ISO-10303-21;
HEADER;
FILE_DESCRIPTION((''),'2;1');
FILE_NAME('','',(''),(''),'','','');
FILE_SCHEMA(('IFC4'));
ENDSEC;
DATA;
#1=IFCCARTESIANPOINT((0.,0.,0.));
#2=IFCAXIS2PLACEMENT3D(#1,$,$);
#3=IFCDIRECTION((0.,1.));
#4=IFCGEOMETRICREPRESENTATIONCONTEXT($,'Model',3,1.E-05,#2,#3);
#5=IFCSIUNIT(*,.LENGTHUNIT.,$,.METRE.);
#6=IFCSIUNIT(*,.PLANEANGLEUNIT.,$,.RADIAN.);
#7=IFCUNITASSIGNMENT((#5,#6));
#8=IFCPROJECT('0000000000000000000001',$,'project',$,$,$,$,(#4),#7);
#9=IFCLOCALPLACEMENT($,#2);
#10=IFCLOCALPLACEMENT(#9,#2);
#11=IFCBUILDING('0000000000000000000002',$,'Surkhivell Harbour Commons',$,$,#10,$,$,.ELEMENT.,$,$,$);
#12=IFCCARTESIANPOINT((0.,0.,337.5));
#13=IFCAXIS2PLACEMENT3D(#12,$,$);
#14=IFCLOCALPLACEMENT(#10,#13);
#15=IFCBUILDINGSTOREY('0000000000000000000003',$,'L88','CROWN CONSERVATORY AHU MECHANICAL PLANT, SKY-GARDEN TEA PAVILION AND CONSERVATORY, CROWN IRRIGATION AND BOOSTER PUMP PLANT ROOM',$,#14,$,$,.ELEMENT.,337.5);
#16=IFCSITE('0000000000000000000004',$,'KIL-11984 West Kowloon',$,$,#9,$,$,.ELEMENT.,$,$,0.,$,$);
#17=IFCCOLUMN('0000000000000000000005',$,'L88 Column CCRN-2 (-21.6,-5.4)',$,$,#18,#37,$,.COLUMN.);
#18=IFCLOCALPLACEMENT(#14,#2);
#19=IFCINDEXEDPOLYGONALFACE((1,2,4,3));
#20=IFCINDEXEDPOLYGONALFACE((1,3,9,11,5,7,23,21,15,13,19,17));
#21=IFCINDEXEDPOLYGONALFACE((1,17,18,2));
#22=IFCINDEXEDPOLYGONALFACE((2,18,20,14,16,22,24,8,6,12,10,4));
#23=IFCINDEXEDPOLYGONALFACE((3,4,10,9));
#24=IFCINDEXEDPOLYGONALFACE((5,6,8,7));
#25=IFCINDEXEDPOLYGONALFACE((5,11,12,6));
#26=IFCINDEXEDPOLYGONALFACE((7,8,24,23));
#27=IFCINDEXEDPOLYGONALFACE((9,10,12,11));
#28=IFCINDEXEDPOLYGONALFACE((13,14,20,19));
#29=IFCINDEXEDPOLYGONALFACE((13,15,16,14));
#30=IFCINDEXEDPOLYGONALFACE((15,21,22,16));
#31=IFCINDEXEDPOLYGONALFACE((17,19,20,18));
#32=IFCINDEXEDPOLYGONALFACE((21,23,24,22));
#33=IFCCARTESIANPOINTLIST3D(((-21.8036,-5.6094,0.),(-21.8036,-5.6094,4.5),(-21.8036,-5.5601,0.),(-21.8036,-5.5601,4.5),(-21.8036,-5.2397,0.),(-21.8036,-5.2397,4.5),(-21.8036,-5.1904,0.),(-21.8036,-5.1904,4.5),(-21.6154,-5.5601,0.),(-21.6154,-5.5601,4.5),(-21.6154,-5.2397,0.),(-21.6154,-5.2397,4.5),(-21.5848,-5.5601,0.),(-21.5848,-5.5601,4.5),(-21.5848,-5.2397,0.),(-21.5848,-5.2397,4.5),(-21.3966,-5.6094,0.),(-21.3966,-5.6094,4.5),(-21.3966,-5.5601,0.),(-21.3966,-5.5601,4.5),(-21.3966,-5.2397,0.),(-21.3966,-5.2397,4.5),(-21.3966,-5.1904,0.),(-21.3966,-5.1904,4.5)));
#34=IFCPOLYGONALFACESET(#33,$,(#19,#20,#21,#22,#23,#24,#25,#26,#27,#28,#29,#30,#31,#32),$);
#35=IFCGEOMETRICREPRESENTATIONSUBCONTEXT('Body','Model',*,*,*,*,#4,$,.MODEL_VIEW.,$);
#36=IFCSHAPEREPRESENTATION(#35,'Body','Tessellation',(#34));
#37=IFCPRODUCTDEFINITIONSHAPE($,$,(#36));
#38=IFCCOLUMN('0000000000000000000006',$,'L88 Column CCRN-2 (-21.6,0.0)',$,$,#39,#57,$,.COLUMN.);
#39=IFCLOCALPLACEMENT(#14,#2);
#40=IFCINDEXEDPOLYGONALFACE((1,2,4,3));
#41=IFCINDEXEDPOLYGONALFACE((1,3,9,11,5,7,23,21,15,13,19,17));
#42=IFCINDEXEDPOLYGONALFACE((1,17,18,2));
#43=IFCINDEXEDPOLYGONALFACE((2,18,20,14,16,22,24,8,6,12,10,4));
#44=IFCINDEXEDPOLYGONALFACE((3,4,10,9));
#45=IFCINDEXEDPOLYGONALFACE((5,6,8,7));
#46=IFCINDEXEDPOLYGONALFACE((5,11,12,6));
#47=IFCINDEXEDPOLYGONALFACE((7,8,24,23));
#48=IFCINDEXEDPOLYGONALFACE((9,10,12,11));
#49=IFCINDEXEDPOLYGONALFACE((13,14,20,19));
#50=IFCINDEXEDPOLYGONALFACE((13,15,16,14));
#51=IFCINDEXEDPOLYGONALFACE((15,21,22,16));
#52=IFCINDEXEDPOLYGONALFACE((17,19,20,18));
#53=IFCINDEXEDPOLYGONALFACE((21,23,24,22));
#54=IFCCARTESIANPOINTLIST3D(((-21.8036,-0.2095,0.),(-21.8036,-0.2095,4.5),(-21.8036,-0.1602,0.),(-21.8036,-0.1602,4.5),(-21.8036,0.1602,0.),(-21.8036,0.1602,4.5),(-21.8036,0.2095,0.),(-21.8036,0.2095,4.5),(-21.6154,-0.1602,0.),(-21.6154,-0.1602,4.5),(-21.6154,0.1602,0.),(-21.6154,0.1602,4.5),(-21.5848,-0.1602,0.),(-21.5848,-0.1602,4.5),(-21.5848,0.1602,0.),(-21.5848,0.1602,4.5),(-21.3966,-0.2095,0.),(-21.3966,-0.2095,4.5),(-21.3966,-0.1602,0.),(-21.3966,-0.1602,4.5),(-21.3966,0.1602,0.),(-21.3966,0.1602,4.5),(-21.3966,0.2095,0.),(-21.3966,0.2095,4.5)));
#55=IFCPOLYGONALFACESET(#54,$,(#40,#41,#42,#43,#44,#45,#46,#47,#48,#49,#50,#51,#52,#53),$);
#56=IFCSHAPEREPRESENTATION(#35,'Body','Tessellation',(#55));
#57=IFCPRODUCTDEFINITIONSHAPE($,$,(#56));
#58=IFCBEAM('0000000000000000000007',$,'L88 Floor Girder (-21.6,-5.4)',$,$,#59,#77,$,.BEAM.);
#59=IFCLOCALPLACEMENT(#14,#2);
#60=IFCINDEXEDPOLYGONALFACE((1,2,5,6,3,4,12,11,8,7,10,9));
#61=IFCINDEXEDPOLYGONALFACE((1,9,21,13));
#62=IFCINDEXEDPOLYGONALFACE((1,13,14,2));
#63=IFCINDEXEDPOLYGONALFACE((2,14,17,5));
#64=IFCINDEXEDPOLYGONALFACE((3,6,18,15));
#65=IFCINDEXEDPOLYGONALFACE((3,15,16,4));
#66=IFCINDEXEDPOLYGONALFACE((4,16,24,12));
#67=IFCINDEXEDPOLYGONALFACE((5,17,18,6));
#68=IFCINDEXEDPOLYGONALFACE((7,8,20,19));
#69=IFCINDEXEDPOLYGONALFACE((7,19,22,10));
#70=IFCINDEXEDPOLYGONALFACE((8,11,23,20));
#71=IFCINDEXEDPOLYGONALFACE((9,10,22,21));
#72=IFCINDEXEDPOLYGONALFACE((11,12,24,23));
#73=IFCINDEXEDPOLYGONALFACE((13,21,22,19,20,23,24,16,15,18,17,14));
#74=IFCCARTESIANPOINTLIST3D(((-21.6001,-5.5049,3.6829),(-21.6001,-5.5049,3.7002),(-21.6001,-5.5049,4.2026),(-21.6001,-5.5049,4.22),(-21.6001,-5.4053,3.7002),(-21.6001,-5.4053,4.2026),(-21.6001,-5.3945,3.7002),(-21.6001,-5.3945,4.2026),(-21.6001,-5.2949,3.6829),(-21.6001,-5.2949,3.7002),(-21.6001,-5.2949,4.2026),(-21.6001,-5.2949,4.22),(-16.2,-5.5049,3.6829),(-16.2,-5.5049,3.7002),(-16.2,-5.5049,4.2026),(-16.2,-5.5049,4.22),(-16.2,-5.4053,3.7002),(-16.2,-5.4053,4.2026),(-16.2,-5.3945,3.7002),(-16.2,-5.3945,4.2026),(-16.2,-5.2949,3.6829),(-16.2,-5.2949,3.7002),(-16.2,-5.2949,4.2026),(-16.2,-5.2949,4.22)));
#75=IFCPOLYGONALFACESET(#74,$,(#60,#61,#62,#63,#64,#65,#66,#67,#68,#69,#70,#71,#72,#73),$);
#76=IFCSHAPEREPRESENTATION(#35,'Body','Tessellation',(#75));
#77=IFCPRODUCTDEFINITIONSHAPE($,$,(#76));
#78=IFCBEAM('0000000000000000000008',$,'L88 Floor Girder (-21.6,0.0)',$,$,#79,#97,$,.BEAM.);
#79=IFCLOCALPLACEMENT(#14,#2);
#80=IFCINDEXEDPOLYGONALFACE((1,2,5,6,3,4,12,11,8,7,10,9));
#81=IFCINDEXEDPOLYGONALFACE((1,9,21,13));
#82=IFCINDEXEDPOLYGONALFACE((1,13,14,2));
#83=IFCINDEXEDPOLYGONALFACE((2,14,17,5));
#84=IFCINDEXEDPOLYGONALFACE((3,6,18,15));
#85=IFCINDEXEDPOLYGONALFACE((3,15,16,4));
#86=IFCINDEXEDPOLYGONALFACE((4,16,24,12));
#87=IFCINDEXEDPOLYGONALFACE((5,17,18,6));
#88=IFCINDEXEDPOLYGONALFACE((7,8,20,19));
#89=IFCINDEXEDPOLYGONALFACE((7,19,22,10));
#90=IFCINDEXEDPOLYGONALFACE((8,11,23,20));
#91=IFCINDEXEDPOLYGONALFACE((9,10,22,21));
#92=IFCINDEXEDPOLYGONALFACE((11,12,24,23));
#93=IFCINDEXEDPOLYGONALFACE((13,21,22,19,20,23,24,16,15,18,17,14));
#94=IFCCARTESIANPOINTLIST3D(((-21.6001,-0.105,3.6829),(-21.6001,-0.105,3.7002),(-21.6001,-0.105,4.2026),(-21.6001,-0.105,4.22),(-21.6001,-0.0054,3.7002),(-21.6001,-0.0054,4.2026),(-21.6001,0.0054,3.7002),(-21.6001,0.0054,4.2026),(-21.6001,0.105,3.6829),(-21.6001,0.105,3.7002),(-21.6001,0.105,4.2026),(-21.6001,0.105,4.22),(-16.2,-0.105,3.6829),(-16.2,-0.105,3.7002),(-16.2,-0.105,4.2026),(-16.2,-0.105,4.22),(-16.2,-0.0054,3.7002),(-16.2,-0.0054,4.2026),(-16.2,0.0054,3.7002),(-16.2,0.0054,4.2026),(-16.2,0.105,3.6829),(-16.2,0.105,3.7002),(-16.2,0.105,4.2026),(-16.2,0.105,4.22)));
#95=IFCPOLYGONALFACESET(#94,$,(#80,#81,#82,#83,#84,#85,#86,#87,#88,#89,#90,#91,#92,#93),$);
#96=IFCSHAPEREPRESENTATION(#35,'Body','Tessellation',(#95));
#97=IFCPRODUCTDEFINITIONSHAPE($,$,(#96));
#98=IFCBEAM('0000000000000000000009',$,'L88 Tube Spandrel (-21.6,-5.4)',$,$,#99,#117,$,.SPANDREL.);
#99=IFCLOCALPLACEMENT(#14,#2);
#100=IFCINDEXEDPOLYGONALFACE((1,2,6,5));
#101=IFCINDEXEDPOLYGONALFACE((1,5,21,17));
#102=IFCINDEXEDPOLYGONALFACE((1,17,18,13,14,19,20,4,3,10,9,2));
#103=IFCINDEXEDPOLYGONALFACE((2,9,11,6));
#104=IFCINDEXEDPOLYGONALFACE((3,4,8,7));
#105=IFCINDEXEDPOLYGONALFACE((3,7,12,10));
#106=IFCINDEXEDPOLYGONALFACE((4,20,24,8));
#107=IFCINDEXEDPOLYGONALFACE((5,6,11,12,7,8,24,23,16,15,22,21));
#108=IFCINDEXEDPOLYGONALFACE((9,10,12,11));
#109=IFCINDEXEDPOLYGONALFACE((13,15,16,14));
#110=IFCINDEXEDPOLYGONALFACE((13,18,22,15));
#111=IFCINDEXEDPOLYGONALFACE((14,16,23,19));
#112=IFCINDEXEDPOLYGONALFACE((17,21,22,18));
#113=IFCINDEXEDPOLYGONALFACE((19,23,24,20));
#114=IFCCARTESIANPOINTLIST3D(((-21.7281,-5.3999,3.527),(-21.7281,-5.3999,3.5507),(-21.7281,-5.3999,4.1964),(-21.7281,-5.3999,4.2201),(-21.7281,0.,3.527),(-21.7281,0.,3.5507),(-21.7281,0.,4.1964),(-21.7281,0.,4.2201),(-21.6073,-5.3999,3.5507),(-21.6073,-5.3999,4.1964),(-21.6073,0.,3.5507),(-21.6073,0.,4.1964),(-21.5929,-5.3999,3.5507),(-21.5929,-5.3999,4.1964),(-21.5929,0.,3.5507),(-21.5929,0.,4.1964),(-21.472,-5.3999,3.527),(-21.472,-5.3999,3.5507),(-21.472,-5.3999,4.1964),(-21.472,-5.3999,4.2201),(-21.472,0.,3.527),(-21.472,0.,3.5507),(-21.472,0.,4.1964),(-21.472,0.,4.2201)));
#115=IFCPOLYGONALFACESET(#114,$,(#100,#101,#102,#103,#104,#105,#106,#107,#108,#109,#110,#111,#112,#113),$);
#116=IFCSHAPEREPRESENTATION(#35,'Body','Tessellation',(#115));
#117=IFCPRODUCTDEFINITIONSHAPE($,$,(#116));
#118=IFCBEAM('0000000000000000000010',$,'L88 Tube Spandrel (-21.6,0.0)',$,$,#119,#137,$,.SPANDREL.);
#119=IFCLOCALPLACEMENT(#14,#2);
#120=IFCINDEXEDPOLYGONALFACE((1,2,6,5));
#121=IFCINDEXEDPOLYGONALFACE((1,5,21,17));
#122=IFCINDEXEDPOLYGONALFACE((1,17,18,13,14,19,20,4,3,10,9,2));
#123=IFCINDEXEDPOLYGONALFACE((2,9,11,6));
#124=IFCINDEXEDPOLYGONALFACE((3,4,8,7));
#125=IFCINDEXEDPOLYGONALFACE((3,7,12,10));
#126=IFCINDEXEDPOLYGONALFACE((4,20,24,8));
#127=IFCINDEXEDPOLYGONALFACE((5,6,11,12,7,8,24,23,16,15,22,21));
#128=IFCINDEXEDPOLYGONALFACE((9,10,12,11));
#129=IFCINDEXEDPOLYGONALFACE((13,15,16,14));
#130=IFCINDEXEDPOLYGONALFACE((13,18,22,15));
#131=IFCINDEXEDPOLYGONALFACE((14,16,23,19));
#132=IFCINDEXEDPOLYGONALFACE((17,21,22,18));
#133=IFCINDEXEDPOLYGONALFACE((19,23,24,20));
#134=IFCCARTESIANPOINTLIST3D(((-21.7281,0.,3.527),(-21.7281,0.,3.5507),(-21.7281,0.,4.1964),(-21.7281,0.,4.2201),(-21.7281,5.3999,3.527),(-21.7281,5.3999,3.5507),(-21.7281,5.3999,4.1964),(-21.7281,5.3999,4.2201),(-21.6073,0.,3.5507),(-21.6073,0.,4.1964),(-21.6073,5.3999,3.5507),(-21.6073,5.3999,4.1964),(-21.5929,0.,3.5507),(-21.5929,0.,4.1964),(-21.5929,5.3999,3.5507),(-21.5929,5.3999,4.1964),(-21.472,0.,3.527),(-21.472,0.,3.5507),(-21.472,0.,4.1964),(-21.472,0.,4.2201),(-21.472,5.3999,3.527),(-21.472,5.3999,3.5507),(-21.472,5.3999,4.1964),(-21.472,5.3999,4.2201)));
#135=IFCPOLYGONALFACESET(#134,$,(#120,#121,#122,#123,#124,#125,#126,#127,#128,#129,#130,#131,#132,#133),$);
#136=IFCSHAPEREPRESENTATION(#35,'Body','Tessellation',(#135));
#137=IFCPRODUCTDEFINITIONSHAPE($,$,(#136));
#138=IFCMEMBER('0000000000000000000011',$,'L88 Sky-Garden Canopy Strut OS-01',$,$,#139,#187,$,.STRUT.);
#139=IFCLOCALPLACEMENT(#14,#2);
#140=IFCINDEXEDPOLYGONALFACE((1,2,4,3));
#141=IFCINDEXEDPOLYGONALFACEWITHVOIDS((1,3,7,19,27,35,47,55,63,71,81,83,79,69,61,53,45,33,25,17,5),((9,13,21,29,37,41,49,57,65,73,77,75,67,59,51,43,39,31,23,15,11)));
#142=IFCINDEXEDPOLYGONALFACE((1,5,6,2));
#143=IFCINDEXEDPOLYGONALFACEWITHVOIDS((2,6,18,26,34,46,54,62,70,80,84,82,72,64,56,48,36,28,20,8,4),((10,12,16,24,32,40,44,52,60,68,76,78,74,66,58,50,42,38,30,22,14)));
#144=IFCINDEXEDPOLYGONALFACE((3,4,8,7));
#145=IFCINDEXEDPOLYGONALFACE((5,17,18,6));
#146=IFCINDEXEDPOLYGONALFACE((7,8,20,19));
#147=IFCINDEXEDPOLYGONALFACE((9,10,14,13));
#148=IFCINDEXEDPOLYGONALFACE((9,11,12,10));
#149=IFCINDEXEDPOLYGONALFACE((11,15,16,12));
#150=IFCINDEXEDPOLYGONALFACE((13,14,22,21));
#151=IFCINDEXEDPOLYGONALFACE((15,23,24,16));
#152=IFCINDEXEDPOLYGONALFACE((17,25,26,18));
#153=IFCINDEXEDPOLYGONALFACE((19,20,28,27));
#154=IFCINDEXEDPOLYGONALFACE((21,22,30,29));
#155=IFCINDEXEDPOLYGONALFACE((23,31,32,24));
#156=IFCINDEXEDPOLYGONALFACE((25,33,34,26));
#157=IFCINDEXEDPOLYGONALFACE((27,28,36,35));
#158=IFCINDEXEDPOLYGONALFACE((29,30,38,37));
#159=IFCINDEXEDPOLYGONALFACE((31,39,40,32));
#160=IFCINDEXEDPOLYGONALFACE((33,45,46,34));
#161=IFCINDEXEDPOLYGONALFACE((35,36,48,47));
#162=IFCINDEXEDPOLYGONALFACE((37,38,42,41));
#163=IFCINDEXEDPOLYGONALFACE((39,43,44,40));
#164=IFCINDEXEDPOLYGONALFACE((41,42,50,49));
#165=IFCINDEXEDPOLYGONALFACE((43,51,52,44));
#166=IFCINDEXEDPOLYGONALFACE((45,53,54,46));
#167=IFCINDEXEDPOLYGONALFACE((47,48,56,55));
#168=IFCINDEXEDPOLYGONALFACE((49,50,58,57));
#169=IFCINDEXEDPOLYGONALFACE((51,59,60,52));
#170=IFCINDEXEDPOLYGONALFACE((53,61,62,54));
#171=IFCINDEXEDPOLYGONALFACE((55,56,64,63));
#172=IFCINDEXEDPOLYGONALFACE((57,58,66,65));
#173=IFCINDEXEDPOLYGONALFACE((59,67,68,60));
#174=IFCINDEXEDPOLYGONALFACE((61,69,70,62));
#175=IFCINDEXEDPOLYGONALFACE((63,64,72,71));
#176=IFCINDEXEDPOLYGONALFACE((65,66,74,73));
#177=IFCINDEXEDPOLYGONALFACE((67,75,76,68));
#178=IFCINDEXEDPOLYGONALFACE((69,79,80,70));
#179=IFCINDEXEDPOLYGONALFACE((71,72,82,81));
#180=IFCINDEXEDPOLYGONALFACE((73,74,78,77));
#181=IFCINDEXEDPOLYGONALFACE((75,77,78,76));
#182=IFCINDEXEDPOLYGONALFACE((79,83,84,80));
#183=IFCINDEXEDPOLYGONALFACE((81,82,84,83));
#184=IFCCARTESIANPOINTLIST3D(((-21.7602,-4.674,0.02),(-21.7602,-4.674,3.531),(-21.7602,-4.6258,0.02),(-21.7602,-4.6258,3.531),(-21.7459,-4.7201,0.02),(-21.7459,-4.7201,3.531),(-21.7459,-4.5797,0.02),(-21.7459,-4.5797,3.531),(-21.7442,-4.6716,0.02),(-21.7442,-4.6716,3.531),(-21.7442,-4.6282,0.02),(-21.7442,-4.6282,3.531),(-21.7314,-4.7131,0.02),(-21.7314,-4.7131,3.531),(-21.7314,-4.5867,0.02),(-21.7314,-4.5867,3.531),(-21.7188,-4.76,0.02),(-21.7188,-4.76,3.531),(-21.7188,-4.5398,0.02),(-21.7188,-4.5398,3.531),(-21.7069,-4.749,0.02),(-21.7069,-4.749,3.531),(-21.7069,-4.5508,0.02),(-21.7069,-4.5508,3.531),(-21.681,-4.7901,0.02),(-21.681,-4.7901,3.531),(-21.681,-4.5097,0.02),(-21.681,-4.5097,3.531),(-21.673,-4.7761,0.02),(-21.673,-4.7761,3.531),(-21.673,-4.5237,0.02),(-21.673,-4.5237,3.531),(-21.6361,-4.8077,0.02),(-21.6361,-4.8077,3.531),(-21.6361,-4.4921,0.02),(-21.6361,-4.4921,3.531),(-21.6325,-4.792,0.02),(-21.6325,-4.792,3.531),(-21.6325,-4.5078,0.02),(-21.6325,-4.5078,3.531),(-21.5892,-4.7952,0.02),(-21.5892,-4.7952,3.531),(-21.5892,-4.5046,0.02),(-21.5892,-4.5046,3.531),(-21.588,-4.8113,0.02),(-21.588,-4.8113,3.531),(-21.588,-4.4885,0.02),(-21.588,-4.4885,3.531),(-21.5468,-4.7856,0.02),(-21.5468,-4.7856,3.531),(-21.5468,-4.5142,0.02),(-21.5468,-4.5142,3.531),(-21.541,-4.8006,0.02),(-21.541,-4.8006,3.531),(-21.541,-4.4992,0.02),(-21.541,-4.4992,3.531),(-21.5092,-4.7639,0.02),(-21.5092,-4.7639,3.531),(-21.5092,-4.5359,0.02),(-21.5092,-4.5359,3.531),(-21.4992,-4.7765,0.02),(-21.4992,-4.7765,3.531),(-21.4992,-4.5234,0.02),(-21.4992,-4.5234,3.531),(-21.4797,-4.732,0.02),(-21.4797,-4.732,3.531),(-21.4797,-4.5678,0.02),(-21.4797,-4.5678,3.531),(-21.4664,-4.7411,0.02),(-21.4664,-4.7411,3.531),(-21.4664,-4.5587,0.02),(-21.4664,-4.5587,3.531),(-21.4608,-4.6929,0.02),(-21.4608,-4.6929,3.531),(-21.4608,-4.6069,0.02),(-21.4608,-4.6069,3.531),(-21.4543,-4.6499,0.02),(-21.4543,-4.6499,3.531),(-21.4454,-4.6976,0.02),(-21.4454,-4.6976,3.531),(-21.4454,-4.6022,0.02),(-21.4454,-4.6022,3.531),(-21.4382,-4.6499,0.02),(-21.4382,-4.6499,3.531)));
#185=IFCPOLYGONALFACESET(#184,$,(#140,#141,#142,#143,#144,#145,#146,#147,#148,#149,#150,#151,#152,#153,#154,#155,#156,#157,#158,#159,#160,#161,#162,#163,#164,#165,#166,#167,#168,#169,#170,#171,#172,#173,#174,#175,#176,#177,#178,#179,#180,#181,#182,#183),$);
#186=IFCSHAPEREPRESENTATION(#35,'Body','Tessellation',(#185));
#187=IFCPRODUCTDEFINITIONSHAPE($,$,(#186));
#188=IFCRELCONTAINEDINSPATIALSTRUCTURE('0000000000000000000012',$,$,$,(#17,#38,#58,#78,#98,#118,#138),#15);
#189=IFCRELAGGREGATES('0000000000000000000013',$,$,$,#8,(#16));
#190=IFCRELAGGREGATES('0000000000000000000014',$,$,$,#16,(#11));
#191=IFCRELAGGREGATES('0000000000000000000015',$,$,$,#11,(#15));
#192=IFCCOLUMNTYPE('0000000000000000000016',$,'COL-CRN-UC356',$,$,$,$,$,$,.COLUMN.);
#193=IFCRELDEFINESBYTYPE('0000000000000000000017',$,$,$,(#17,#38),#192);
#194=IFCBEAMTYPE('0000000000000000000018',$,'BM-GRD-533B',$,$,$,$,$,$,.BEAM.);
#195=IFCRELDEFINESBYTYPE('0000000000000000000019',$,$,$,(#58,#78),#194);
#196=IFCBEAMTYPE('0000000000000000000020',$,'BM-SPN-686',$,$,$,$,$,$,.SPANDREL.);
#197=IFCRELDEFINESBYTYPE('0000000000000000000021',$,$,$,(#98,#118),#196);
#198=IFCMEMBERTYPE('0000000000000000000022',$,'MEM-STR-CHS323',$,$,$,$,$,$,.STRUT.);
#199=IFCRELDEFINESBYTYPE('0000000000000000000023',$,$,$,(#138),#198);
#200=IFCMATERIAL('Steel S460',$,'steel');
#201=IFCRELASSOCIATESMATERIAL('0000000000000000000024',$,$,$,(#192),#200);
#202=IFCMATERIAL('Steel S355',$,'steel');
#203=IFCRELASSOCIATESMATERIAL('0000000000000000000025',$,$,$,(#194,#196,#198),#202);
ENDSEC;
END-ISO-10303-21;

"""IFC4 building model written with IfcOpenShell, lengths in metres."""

from ifc_helpers import new_model, si_unit, direction, frame, origin, origin_2d, place, context, subcontext, project, spatial, hollow_circle, i_section, extrude, material, material_profile, profile_set, type_object, element, save


model = new_model("IFC4")

# Units and contexts
model_context = context("Model", 3, precision=1e-05, world=origin(), true_north=direction((0.0, 1.0)))
body_context = subcontext(model_context, "Body", "Model", "MODEL_VIEW")
ifc_project = project(units=[si_unit("LENGTHUNIT", "METRE"), si_unit("PLANEANGLEUNIT", "RADIAN")], contexts=[model_context])

# Site, building, storey
site_placement = place(None, origin())
site = spatial("IfcSite", under=ifc_project, at=site_placement, Name="KIL-11984 West Kowloon", CompositionType="ELEMENT", RefElevation=0.0)
building_placement = place(site_placement, origin())
building = spatial("IfcBuilding", under=site, at=building_placement, Name="Surkhivell Harbour Commons", CompositionType="ELEMENT")
storey_placement = place(building_placement, frame((0.0, 0.0, 337.5)))
storey = spatial("IfcBuildingStorey", under=building, at=storey_placement, Name="L88", Description="CROWN CONSERVATORY AHU MECHANICAL PLANT, SKY-GARDEN TEA PAVILION AND CONSERVATORY, CROWN IRRIGATION AND BOOSTER PUMP PLANT ROOM", CompositionType="ELEMENT", Elevation=337.5)

# Columns
ifc_material_1 = material(Name="Steel S460", Category="steel")
ifc_material_profile_1 = material_profile(ifc_material_1, i_section(OverallWidth=0.407, OverallDepth=0.4189, WebThickness=0.0305, FlangeThickness=0.0493, at=origin_2d()), Name="UC356x406x393")
ifc_profile_set_1 = profile_set([ifc_material_profile_1], Name="Steel S460")
column_type = type_object("IfcColumnType", Name="COL-CRN-UC356", PredefinedType="COLUMN", material=ifc_profile_set_1)
for number, where, z_axis, x_axis, name in (
    (1, (-21.6001, -5.3999, 0.0), (0.0, 0.0, 1.0), (1.0, 0.0, 0.0), "L88 Column CCRN-2 (-21.6,-5.4)"),
    (2, (-21.6001, 0.0, 0.0), (0.0, 0.0, 1.0), (1.0, 0.0, 0.0), "L88 Column CCRN-2 (-21.6,0.0)"),
):
    element("IfcColumn", number, at=place(storey_placement, frame(where, z_axis=z_axis, x_axis=x_axis)), inside=storey, type_object=column_type, Name=name, PredefinedType="COLUMN", context=body_context, shape_type="SweptSolid", body=[
        extrude(i_section(OverallWidth=0.407, OverallDepth=0.4189, WebThickness=0.0305, FlangeThickness=0.0493, at=origin_2d()), origin(), (0.0, 0.0, 1.0), 4.5),
    ])

# Beams
ifc_material_2 = material(Name="Steel S355", Category="steel")
ifc_material_profile_2 = material_profile(ifc_material_2, i_section(OverallWidth=0.21, OverallDepth=0.5371, WebThickness=0.0107, FlangeThickness=0.0173, at=origin_2d()), Name="UB533x210x101")
ifc_profile_set_2 = profile_set([ifc_material_profile_2], Name="Steel S355")
beam_type_1 = type_object("IfcBeamType", Name="BM-GRD-533B", PredefinedType="BEAM", material=ifc_profile_set_2)
for number, where, z_axis, x_axis, name in (
    (3, (-21.6001, -5.3999, 3.9514), (1.0, 0.0, 0.0), (0.0, 1.0, 0.0), "L88 Floor Girder (-21.6,-5.4)"),
    (4, (-21.6001, 0.0, 3.9514), (1.0, 0.0, 0.0), (0.0, 1.0, 0.0), "L88 Floor Girder (-21.6,0.0)"),
):
    element("IfcBeam", number, at=place(storey_placement, frame(where, z_axis=z_axis, x_axis=x_axis)), inside=storey, type_object=beam_type_1, Name=name, PredefinedType="BEAM", context=body_context, shape_type="SweptSolid", body=[
        extrude(i_section(OverallWidth=0.21, OverallDepth=0.5371, WebThickness=0.0107, FlangeThickness=0.0173, at=origin_2d()), origin(), (0.0, 0.0, 1.0), 5.4001),
    ])
ifc_material_profile_3 = material_profile(ifc_material_2, i_section(OverallWidth=0.2561, OverallDepth=0.6931, WebThickness=0.0144, FlangeThickness=0.0237, at=origin_2d()), Name="UB686x254x170")
ifc_profile_set_3 = profile_set([ifc_material_profile_3], Name="Steel S355")
beam_type_2 = type_object("IfcBeamType", Name="BM-SPN-686", PredefinedType="SPANDREL", material=ifc_profile_set_3)
for number, where, z_axis, x_axis, name in (
    (5, (-21.6001, -5.3999, 3.8735), (0.0, 1.0, 0.0), (-1.0, 0.0, 0.0), "L88 Tube Spandrel (-21.6,-5.4)"),
    (6, (-21.6001, 0.0, 3.8735), (0.0, 1.0, 0.0), (-1.0, 0.0, 0.0), "L88 Tube Spandrel (-21.6,0.0)"),
):
    element("IfcBeam", number, at=place(storey_placement, frame(where, z_axis=z_axis, x_axis=x_axis)), inside=storey, type_object=beam_type_2, Name=name, PredefinedType="SPANDREL", context=body_context, shape_type="SweptSolid", body=[
        extrude(i_section(OverallWidth=0.2561, OverallDepth=0.6931, WebThickness=0.0144, FlangeThickness=0.0237, at=origin_2d()), origin(), (0.0, 0.0, 1.0), 5.3999),
    ])

# Member
ifc_material_profile_4 = material_profile(ifc_material_2, hollow_circle(Radius=0.1619, WallThickness=0.0161, at=origin_2d()), Name="CHS323x16")
ifc_profile_set_4 = profile_set([ifc_material_profile_4], Name="Steel S355")
member_type = type_object("IfcMemberType", Name="MEM-STR-CHS323", PredefinedType="STRUT", material=ifc_profile_set_4)
for number, where, z_axis, x_axis, name in (
    (7, (-21.6001, -4.6499, 0.02), (0.0, 0.0, 1.0), (1.0, 0.0, 0.0), "L88 Sky-Garden Canopy Strut OS-01"),
):
    element("IfcMember", number, at=place(storey_placement, frame(where, z_axis=z_axis, x_axis=x_axis)), inside=storey, type_object=member_type, Name=name, PredefinedType="STRUT", context=body_context, shape_type="SweptSolid", body=[
        extrude(hollow_circle(Radius=0.1619, WallThickness=0.0161, at=origin_2d()), origin(), (0.0, 0.0, 1.0), 3.511),
    ])

save(model, "model.ifc")
